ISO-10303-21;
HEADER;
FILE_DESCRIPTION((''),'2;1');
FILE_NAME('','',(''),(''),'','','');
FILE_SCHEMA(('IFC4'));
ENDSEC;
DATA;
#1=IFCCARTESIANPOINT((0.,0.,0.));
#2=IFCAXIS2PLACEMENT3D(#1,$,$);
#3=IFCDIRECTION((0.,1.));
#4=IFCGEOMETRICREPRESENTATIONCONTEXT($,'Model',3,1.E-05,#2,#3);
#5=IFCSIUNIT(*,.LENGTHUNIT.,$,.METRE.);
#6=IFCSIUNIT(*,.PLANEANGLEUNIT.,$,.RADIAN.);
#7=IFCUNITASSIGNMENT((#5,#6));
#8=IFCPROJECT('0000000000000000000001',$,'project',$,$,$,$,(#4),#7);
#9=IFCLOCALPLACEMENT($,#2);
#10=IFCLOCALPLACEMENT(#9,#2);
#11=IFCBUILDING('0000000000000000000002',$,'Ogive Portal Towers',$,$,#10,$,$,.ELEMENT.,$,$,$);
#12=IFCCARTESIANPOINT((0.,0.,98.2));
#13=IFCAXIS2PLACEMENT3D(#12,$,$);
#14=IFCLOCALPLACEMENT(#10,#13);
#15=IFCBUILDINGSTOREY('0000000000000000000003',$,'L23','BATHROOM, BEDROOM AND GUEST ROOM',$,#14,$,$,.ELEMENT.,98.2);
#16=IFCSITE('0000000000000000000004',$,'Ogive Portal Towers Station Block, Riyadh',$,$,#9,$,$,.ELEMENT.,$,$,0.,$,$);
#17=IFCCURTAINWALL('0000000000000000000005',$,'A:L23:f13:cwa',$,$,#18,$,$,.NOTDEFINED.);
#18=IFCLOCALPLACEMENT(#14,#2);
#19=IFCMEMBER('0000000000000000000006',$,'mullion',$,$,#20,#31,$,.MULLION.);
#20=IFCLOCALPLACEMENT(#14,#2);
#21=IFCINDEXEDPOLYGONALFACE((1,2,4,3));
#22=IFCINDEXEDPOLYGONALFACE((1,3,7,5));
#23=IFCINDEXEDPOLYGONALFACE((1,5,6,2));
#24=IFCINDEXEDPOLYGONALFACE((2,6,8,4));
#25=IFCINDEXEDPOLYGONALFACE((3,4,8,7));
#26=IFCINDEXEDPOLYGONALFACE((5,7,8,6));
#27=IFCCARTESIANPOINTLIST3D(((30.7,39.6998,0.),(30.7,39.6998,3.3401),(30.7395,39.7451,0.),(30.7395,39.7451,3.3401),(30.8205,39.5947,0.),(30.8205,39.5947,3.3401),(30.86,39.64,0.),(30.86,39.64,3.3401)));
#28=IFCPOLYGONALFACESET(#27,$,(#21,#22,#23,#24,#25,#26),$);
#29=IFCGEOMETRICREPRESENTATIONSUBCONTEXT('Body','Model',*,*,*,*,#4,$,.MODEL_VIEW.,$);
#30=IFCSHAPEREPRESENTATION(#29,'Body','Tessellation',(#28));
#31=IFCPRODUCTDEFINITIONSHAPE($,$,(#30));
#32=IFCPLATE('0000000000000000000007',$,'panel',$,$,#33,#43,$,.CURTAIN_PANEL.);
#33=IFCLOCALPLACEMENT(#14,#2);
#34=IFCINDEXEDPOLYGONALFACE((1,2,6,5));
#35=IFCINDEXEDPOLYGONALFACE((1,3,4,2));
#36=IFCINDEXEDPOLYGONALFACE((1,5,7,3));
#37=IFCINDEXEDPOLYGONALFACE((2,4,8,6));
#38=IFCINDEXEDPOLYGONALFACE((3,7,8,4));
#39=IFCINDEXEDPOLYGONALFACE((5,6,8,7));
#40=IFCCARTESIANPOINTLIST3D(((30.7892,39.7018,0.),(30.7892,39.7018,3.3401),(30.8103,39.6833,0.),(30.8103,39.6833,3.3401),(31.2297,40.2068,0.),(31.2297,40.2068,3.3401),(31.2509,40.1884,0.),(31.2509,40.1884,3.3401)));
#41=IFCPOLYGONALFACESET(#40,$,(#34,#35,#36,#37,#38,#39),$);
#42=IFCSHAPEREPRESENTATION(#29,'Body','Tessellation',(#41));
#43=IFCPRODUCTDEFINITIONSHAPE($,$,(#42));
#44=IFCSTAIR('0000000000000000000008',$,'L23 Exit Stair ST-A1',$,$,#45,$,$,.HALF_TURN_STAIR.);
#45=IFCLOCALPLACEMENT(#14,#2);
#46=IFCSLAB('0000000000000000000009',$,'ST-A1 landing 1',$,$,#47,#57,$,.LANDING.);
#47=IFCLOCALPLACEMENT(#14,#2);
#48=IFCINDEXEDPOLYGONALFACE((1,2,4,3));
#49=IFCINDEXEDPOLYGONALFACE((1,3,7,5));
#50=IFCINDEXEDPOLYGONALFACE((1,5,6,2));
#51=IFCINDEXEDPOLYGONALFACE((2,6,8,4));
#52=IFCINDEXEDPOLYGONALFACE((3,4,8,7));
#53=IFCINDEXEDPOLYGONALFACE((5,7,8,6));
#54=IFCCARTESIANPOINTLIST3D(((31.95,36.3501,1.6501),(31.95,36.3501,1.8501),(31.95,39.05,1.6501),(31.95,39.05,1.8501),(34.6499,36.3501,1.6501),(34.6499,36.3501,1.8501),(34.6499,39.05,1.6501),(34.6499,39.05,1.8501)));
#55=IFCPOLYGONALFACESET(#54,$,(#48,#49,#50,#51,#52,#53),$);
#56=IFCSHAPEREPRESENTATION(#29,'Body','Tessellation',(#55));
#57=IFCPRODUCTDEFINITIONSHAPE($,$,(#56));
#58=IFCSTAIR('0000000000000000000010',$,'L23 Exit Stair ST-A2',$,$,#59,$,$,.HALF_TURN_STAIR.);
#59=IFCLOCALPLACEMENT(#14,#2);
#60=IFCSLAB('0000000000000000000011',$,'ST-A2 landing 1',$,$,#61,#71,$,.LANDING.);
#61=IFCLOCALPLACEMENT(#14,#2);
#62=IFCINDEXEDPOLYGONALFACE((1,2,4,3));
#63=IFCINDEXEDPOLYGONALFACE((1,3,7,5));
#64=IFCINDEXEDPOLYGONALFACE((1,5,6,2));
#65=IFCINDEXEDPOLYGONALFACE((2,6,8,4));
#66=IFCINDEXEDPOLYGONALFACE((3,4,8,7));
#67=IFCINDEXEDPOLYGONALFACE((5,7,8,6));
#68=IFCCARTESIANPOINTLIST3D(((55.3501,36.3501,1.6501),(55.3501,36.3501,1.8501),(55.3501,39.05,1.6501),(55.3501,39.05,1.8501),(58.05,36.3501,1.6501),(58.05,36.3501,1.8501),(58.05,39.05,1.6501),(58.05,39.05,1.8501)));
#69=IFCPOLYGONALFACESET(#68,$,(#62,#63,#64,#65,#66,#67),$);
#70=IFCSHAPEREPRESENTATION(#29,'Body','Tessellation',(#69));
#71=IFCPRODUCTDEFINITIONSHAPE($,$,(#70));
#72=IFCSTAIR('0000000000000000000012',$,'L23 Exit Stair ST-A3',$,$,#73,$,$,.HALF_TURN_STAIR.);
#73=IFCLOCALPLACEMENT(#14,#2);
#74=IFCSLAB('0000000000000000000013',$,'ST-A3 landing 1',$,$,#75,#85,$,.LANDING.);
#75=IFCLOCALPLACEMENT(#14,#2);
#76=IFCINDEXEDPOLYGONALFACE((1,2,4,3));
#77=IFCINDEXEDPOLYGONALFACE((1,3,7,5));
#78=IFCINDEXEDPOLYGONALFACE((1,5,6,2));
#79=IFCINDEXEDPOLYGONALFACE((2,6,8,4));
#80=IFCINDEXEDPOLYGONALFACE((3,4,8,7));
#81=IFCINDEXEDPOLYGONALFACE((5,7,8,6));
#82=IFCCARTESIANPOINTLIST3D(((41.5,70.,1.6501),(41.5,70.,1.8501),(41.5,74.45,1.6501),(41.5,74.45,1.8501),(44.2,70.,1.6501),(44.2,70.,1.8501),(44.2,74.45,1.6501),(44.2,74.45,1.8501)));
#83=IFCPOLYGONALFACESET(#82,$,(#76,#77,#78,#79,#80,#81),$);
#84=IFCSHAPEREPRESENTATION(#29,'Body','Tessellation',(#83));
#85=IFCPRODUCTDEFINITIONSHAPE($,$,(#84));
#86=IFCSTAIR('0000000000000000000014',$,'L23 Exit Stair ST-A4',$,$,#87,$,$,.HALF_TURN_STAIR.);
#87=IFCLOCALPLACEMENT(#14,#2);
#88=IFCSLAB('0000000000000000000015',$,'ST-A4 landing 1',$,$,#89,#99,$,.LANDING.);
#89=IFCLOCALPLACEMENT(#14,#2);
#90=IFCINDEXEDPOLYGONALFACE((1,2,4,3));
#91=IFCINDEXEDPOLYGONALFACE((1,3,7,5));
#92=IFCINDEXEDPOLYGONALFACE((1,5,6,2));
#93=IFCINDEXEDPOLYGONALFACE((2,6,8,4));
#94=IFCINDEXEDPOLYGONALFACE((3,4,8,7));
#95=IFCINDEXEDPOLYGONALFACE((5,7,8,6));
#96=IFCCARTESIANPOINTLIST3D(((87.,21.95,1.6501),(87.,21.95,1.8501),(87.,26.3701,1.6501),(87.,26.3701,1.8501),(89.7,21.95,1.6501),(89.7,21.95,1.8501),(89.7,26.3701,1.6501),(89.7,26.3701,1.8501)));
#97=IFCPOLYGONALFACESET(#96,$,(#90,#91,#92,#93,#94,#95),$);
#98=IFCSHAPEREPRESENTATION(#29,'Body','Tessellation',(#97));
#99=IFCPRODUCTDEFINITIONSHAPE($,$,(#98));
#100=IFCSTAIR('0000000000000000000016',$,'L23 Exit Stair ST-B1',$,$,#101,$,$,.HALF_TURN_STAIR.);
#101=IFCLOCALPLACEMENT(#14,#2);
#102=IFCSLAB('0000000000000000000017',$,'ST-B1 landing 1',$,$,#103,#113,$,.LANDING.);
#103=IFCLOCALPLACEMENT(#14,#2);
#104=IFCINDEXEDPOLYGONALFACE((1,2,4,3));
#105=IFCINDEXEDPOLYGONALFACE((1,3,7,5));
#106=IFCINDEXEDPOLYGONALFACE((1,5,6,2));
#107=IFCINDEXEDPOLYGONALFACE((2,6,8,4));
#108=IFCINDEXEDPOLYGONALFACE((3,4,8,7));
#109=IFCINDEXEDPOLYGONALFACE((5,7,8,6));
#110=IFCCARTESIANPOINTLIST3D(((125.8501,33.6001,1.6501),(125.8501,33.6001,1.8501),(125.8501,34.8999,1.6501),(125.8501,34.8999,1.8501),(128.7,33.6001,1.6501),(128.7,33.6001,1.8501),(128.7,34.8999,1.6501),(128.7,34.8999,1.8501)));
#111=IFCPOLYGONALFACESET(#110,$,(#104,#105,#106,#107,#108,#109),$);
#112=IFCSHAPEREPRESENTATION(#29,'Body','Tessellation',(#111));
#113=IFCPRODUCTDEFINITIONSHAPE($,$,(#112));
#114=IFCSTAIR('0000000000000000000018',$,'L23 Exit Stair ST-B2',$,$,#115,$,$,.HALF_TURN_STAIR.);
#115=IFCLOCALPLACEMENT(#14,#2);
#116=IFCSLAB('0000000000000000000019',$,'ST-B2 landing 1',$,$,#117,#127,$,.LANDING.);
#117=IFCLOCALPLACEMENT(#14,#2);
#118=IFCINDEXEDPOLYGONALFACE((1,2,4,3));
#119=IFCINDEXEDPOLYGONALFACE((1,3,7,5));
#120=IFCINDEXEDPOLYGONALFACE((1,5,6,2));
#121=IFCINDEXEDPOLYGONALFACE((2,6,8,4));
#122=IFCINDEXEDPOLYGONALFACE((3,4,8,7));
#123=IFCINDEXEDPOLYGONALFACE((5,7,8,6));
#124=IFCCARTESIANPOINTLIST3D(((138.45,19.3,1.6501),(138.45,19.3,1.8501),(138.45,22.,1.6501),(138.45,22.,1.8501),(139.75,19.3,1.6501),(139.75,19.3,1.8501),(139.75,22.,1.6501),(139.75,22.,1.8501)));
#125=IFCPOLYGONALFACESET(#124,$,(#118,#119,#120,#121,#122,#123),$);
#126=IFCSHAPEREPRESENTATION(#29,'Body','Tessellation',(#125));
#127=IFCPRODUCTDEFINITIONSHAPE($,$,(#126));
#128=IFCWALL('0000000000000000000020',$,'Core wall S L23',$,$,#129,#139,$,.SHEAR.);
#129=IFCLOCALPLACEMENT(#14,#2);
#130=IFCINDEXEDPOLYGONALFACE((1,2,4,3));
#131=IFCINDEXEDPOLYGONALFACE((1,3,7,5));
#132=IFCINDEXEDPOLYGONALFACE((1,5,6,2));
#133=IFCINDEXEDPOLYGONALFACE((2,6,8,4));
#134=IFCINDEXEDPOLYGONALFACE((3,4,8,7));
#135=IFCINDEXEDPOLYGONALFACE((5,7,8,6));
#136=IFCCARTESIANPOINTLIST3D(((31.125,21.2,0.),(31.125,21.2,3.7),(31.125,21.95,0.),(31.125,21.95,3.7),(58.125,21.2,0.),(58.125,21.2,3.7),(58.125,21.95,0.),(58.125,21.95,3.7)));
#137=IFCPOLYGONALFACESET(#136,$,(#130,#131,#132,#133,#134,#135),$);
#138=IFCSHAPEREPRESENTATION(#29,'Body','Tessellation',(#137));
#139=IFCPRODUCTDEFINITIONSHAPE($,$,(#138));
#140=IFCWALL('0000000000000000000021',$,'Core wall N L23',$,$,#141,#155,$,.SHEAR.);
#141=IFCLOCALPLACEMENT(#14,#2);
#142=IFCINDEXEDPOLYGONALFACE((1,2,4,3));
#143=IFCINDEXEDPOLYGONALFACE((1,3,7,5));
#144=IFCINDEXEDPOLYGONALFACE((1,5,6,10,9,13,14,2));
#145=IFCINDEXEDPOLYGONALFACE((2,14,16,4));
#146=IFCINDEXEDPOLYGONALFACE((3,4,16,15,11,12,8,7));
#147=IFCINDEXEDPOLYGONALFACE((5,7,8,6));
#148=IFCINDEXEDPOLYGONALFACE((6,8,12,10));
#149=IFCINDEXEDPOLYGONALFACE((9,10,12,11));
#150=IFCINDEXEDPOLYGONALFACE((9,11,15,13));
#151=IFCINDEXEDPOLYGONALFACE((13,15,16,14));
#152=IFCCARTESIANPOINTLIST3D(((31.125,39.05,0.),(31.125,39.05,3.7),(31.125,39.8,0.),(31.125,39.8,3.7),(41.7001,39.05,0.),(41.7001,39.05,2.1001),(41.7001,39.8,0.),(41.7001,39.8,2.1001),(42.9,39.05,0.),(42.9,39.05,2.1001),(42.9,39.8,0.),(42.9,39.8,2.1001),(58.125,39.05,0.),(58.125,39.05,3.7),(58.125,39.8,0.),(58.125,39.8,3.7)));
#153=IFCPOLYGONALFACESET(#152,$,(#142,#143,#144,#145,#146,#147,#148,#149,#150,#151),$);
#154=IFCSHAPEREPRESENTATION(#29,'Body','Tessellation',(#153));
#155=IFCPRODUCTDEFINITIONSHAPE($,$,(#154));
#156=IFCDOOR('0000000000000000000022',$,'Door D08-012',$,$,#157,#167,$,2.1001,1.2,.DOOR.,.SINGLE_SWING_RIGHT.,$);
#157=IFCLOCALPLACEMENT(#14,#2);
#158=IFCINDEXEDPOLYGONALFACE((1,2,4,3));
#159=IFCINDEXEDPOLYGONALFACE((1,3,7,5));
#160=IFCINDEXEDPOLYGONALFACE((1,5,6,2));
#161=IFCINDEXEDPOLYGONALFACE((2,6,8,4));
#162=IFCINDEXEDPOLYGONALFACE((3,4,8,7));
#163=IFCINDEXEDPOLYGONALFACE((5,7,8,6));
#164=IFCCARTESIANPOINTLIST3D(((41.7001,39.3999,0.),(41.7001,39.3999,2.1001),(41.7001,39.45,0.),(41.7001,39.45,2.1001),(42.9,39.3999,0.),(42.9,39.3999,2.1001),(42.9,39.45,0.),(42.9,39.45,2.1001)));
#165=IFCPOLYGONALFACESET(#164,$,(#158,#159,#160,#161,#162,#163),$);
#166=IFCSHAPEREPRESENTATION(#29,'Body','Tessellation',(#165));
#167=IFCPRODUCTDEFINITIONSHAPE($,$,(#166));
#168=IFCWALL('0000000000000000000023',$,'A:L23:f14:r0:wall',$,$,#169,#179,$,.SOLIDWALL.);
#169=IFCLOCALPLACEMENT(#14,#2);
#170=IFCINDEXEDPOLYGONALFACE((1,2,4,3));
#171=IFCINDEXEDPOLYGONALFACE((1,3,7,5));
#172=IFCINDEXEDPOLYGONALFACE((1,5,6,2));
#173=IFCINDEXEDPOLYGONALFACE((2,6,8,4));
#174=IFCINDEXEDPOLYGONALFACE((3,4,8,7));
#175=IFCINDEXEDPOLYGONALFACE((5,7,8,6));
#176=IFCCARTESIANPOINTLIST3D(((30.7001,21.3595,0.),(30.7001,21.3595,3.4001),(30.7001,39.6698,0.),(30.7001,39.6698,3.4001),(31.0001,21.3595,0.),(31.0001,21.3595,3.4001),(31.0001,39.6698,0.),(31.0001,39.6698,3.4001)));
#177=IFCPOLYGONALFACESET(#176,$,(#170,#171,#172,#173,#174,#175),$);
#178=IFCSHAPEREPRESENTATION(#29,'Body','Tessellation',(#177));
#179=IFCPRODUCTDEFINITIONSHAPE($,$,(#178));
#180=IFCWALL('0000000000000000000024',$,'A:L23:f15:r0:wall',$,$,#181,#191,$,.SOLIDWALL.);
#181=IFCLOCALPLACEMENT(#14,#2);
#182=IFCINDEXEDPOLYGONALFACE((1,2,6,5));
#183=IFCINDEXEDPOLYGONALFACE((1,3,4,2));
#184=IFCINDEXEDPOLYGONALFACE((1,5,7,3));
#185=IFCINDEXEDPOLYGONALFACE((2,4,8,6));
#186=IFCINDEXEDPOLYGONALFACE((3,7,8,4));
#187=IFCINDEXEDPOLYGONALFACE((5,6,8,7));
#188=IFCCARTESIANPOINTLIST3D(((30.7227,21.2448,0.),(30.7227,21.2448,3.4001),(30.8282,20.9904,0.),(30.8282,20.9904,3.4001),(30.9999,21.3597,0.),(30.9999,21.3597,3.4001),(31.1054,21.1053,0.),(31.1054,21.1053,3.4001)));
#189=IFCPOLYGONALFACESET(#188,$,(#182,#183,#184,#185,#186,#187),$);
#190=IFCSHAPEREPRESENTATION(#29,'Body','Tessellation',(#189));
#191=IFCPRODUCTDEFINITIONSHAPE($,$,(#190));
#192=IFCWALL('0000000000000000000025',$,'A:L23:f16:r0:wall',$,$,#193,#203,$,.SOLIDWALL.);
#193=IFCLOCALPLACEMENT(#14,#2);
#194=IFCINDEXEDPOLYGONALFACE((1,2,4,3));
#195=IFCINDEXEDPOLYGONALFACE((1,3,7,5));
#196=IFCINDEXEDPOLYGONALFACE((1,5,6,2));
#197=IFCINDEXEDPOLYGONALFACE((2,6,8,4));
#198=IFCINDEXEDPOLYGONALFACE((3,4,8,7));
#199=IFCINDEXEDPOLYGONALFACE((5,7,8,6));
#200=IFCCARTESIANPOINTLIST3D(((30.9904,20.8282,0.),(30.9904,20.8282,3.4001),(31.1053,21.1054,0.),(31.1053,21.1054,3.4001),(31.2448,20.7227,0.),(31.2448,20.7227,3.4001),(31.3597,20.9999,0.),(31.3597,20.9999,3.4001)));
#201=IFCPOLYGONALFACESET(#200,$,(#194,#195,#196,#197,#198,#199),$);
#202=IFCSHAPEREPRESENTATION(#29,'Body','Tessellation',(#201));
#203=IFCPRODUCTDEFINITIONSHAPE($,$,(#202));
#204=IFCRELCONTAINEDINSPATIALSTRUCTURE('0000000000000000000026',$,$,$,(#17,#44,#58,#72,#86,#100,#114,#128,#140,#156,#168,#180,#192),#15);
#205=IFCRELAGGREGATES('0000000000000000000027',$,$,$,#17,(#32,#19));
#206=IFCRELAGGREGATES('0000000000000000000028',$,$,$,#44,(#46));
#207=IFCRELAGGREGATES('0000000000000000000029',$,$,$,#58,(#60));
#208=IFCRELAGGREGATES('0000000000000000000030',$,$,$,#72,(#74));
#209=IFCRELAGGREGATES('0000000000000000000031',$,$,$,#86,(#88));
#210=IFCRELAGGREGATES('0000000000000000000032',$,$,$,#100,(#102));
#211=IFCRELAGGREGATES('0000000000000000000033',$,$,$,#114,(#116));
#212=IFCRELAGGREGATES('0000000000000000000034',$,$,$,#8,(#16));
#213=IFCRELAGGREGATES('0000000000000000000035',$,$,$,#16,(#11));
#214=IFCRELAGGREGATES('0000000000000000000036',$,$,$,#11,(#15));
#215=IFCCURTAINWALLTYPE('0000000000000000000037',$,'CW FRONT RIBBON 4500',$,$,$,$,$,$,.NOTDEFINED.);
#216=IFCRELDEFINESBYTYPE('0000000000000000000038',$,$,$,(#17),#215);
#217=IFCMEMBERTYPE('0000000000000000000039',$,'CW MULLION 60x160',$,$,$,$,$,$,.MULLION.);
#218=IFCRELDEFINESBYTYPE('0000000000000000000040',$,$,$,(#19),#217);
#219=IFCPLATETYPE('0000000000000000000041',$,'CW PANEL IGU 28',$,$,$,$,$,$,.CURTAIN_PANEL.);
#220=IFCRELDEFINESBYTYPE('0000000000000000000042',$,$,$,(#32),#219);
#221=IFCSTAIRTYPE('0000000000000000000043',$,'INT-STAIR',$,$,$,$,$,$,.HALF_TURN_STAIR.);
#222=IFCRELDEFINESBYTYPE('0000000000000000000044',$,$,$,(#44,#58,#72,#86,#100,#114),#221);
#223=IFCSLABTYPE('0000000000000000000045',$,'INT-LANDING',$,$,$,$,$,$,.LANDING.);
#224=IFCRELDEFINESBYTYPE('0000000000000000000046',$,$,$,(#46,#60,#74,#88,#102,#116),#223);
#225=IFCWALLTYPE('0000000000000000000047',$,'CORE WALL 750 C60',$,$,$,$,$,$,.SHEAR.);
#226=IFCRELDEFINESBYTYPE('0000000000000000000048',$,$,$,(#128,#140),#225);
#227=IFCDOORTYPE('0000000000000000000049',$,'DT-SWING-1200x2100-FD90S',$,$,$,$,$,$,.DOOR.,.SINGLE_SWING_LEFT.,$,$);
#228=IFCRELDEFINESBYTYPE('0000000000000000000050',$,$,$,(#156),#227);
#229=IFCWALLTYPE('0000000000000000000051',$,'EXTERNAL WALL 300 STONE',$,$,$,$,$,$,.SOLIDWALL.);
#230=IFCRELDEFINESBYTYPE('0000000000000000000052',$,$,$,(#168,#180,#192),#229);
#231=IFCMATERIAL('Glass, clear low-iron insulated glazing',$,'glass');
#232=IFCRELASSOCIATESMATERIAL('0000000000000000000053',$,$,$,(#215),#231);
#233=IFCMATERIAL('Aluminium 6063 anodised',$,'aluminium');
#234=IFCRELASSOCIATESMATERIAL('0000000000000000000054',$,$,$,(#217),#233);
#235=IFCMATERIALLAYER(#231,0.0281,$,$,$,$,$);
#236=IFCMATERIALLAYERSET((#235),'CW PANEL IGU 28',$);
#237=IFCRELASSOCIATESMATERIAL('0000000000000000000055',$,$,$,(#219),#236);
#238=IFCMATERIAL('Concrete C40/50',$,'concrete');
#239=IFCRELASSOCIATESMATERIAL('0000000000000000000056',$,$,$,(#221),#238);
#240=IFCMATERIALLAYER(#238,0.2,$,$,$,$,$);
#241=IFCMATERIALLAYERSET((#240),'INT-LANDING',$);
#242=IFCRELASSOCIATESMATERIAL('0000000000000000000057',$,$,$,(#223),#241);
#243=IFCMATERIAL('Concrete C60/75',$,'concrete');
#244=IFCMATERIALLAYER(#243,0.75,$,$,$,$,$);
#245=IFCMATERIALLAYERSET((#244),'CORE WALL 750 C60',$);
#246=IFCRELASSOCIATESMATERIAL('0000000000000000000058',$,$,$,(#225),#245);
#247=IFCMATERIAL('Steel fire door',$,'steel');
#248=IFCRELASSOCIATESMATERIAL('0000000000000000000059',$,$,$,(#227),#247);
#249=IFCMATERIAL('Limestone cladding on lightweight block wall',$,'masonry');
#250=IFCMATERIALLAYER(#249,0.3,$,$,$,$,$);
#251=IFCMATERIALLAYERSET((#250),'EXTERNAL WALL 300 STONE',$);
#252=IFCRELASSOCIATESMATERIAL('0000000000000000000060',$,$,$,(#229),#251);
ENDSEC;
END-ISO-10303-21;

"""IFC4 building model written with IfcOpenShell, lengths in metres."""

from ifc_helpers import new_model, si_unit, direction, frame, frame_2d, origin, origin_2d, place, context, subcontext, project, spatial, polyline, rectangle, outline, extrude, material, layer, layer_set, material_profile, profile_set, type_object, element, fill, aggregate, save


model = new_model("IFC4")

# Units and contexts
model_context = context("Model", 3, precision=1e-05, world=origin(), true_north=direction((0.0, 1.0)))
body_context = subcontext(model_context, "Body", "Model", "MODEL_VIEW")
ifc_project = project(units=[si_unit("LENGTHUNIT", "METRE"), si_unit("PLANEANGLEUNIT", "RADIAN")], contexts=[model_context])

# Site, building, storey
site_placement = place(None, origin())
site = spatial("IfcSite", under=ifc_project, at=site_placement, Name="Ogive Portal Towers Station Block, Riyadh", CompositionType="ELEMENT", RefElevation=0.0)
building_placement = place(site_placement, origin())
building = spatial("IfcBuilding", under=site, at=building_placement, Name="Ogive Portal Towers", CompositionType="ELEMENT")
storey_placement = place(building_placement, frame((0.0, 0.0, 98.2)))
storey = spatial("IfcBuildingStorey", under=building, at=storey_placement, Name="L23", Description="BATHROOM, BEDROOM AND GUEST ROOM", CompositionType="ELEMENT", Elevation=98.2)

# Curtain wall, member, plate
ifc_material_1 = material(Name="Glass, clear low-iron insulated glazing", Category="glass")
curtain_wall_type = type_object("IfcCurtainWallType", Name="CW FRONT RIBBON 4500", PredefinedType="NOTDEFINED", material=ifc_material_1)
curtain_wall_placement = place(storey_placement, origin())
curtain_wall = element("IfcCurtainWall", 1, at=curtain_wall_placement, inside=storey, type_object=curtain_wall_type, Name="A:L23:f13:cwa", PredefinedType="NOTDEFINED")
ifc_material_2 = material(Name="Aluminium 6063 anodised", Category="aluminium")
ifc_material_profile = material_profile(ifc_material_2, rectangle(XDim=0.1599, YDim=0.0601, at=origin_2d()), Name="AL 60x160")
ifc_profile_set = profile_set([ifc_material_profile], Name="Aluminium 6063 anodised")
member_type = type_object("IfcMemberType", Name="CW MULLION 60x160", PredefinedType="MULLION", material=ifc_profile_set)
member_placement = place(storey_placement, frame((30.78, 39.6699, 0.0), z_axis=(0.0, 0.0, 1.0), x_axis=(0.753599, -0.657335, 0.0)))
member = element("IfcMember", 2, at=member_placement, type_object=member_type, Name="mullion", PredefinedType="MULLION", context=body_context, shape_type="SweptSolid", body=[
    extrude(rectangle(XDim=0.1599, YDim=0.0601, at=origin_2d()), origin(), (0.0, 0.0, 1.0), 3.3401),
])
ifc_layer_1 = layer(ifc_material_1, 0.0281)
ifc_layer_set_1 = layer_set([ifc_layer_1], Name="CW PANEL IGU 28")
plate_type = type_object("IfcPlateType", Name="CW PANEL IGU 28", PredefinedType="CURTAIN_PANEL", material=ifc_layer_set_1)
plate_placement = place(storey_placement, frame((31.02, 39.9451, 0.0), z_axis=(0.0, 0.0, 1.0), x_axis=(-0.657335, -0.753599, 0.0)))
plate = element("IfcPlate", 3, at=plate_placement, type_object=plate_type, Name="panel", PredefinedType="CURTAIN_PANEL", context=body_context, shape_type="SweptSolid", body=[
    extrude(rectangle(XDim=0.6702, YDim=0.0281, at=origin_2d()), origin(), (0.0, 0.0, 1.0), 3.3401),
])
aggregate(curtain_wall, [plate, member])

# Stairs, slabs
ifc_material_3 = material(Name="Concrete C40/50", Category="concrete")
stair_type = type_object("IfcStairType", Name="INT-STAIR", PredefinedType="HALF_TURN_STAIR", material=ifc_material_3)
stair_1_placement = place(storey_placement, origin())
stair_1 = element("IfcStair", 4, at=stair_1_placement, inside=storey, type_object=stair_type, Name="L23 Exit Stair ST-A1", PredefinedType="HALF_TURN_STAIR")
ifc_layer_2 = layer(ifc_material_3, 0.2)
ifc_layer_set_2 = layer_set([ifc_layer_2], Name="INT-LANDING")
slab_type = type_object("IfcSlabType", Name="INT-LANDING", PredefinedType="LANDING", material=ifc_layer_set_2)
slab_1_placement = place(storey_placement, frame((0.0, 0.0, 1.6501)))
slab_1 = element("IfcSlab", 5, at=slab_1_placement, type_object=slab_type, Name="ST-A1 landing 1", PredefinedType="LANDING", context=body_context, shape_type="SweptSolid", body=[
    extrude(outline(polyline([(34.6499, 39.05), (31.95, 39.05), (31.95, 36.3501), (34.6499, 36.3501), (34.6499, 39.05)])), origin(), (0.0, 0.0, 1.0), 0.2),
])
aggregate(stair_1, [slab_1])
stair_2_placement = place(storey_placement, origin())
stair_2 = element("IfcStair", 6, at=stair_2_placement, inside=storey, type_object=stair_type, Name="L23 Exit Stair ST-A2", PredefinedType="HALF_TURN_STAIR")
slab_2_placement = place(storey_placement, frame((0.0, 0.0, 1.6501)))
slab_2 = element("IfcSlab", 7, at=slab_2_placement, type_object=slab_type, Name="ST-A2 landing 1", PredefinedType="LANDING", context=body_context, shape_type="SweptSolid", body=[
    extrude(outline(polyline([(55.3501, 36.3501), (58.05, 36.3501), (58.05, 39.05), (55.3501, 39.05), (55.3501, 36.3501)])), origin(), (0.0, 0.0, 1.0), 0.2),
])
aggregate(stair_2, [slab_2])
stair_3_placement = place(storey_placement, origin())
stair_3 = element("IfcStair", 8, at=stair_3_placement, inside=storey, type_object=stair_type, Name="L23 Exit Stair ST-A3", PredefinedType="HALF_TURN_STAIR")
slab_3_placement = place(storey_placement, frame((0.0, 0.0, 1.6501)))
slab_3 = element("IfcSlab", 9, at=slab_3_placement, type_object=slab_type, Name="ST-A3 landing 1", PredefinedType="LANDING", context=body_context, shape_type="SweptSolid", body=[
    extrude(outline(polyline([(44.2, 70.0), (44.2, 74.45), (41.5, 74.45), (41.5, 70.0), (44.2, 70.0)])), origin(), (0.0, 0.0, 1.0), 0.2),
])
aggregate(stair_3, [slab_3])
stair_4_placement = place(storey_placement, origin())
stair_4 = element("IfcStair", 10, at=stair_4_placement, inside=storey, type_object=stair_type, Name="L23 Exit Stair ST-A4", PredefinedType="HALF_TURN_STAIR")
slab_4_placement = place(storey_placement, frame((0.0, 0.0, 1.6501)))
slab_4 = element("IfcSlab", 11, at=slab_4_placement, type_object=slab_type, Name="ST-A4 landing 1", PredefinedType="LANDING", context=body_context, shape_type="SweptSolid", body=[
    extrude(outline(polyline([(87.0, 26.3701), (87.0, 21.95), (89.7, 21.95), (89.7, 26.3701), (87.0, 26.3701)])), origin(), (0.0, 0.0, 1.0), 0.2),
])
aggregate(stair_4, [slab_4])
stair_5_placement = place(storey_placement, origin())
stair_5 = element("IfcStair", 12, at=stair_5_placement, inside=storey, type_object=stair_type, Name="L23 Exit Stair ST-B1", PredefinedType="HALF_TURN_STAIR")
slab_5_placement = place(storey_placement, frame((0.0, 0.0, 1.6501)))
slab_5 = element("IfcSlab", 13, at=slab_5_placement, type_object=slab_type, Name="ST-B1 landing 1", PredefinedType="LANDING", context=body_context, shape_type="SweptSolid", body=[
    extrude(outline(polyline([(128.7, 33.6001), (128.7, 34.8999), (125.8501, 34.8999), (125.8501, 33.6001), (128.7, 33.6001)])), origin(), (0.0, 0.0, 1.0), 0.2),
])
aggregate(stair_5, [slab_5])
stair_6_placement = place(storey_placement, origin())
stair_6 = element("IfcStair", 14, at=stair_6_placement, inside=storey, type_object=stair_type, Name="L23 Exit Stair ST-B2", PredefinedType="HALF_TURN_STAIR")
slab_6_placement = place(storey_placement, frame((0.0, 0.0, 1.6501)))
slab_6 = element("IfcSlab", 15, at=slab_6_placement, type_object=slab_type, Name="ST-B2 landing 1", PredefinedType="LANDING", context=body_context, shape_type="SweptSolid", body=[
    extrude(outline(polyline([(139.75, 22.0), (138.45, 22.0), (138.45, 19.3), (139.75, 19.3), (139.75, 22.0)])), origin(), (0.0, 0.0, 1.0), 0.2),
])
aggregate(stair_6, [slab_6])

# Wall
ifc_material_4 = material(Name="Concrete C60/75", Category="concrete")
ifc_layer_3 = layer(ifc_material_4, 0.75)
ifc_layer_set_3 = layer_set([ifc_layer_3], Name="CORE WALL 750 C60")
wall_type_1 = type_object("IfcWallType", Name="CORE WALL 750 C60", PredefinedType="SHEAR", material=ifc_layer_set_3)
wall_1_placement = place(storey_placement, frame((31.125, 21.575, 0.0), z_axis=(0.0, 0.0, 1.0), x_axis=(1.0, 0.0, 0.0)))
element("IfcWall", 16, at=wall_1_placement, inside=storey, type_object=wall_type_1, Name="Core wall S L23", PredefinedType="SHEAR", context=body_context, shape_type="SweptSolid", body=[
    extrude(rectangle(XDim=27.0, YDim=0.75, at=frame_2d((13.5, 0.0))), origin(), (0.0, 0.0, 1.0), 3.7),
])

# Wall, opening, door
wall_2_placement = place(storey_placement, frame((31.125, 39.425, 0.0), z_axis=(0.0, 0.0, 1.0), x_axis=(1.0, 0.0, 0.0)))
wall_2 = element("IfcWall", 17, at=wall_2_placement, inside=storey, type_object=wall_type_1, Name="Core wall N L23", PredefinedType="SHEAR", context=body_context, shape_type="SweptSolid", body=[
    extrude(rectangle(XDim=27.0, YDim=0.75, at=frame_2d((13.5, 0.0))), origin(), (0.0, 0.0, 1.0), 3.7),
])
opening_placement = place(wall_2_placement, frame((10.575, 0.0, 0.0)))
opening = element("IfcOpeningElement", 18, at=opening_placement, cuts=wall_2, PredefinedType="OPENING", context=body_context, shape_type="SweptSolid", body=[
    extrude(rectangle(XDim=1.2, YDim=2.1001, at=frame_2d((0.6001, 1.05))), frame((0.0, 0.385, 0.0), z_axis=(0.0, -1.0, 0.0), x_axis=(1.0, 0.0, 0.0)), (0.0, 0.0, 1.0), 0.77),
])
ifc_material_5 = material(Name="Steel fire door", Category="steel")
door_type = type_object("IfcDoorType", Name="DT-SWING-1200x2100-FD90S", OperationType="SINGLE_SWING_LEFT", PredefinedType="DOOR", material=ifc_material_5)
door_placement = place(opening_placement, origin())
door = element("IfcDoor", 19, at=door_placement, inside=storey, type_object=door_type, Name="Door D08-012", OperationType="SINGLE_SWING_RIGHT", OverallHeight=2.1001, OverallWidth=1.2, PredefinedType="DOOR", context=body_context, shape_type="SweptSolid", body=[
    extrude(rectangle(XDim=1.2, YDim=2.1001, at=frame_2d((0.6001, 1.05))), frame((0.0, 0.0249, 0.0), z_axis=(0.0, -1.0, 0.0), x_axis=(1.0, 0.0, 0.0)), (0.0, 0.0, 1.0), 0.05),
])
fill(opening, door)

# Walls
ifc_material_6 = material(Name="Limestone cladding on lightweight block wall", Category="masonry")
ifc_layer_4 = layer(ifc_material_6, 0.3)
ifc_layer_set_4 = layer_set([ifc_layer_4], Name="EXTERNAL WALL 300 STONE")
wall_type_2 = type_object("IfcWallType", Name="EXTERNAL WALL 300 STONE", PredefinedType="SOLIDWALL", material=ifc_layer_set_4)
wall_3_placement = place(storey_placement, frame((30.8501, 39.6699, 0.0), z_axis=(0.0, 0.0, 1.0), x_axis=(0.0, -1.0, 0.0)))
element("IfcWall", 20, at=wall_3_placement, inside=storey, type_object=wall_type_2, Name="A:L23:f14:r0:wall", PredefinedType="SOLIDWALL", context=body_context, shape_type="SweptSolid", body=[
    extrude(rectangle(XDim=18.3103, YDim=0.3, at=frame_2d((9.1553, 0.0))), origin(), (0.0, 0.0, 1.0), 3.4001),
])
for number, where, z_axis, x_axis, name in (
    (21, (30.8613, 21.3022, 0.0), (0.0, 0.0, 1.0), (0.382978, -0.923757, 0.0), "A:L23:f15:r0:wall"),
    (22, (31.0479, 20.9668, 0.0), (0.0, 0.0, 1.0), (0.923757, -0.382978, 0.0), "A:L23:f16:r0:wall"),
):
    element("IfcWall", number, at=place(storey_placement, frame(where, z_axis=z_axis, x_axis=x_axis)), inside=storey, type_object=wall_type_2, Name=name, PredefinedType="SOLIDWALL", context=body_context, shape_type="SweptSolid", body=[
        extrude(rectangle(XDim=0.2754, YDim=0.3, at=frame_2d((0.1377, 0.0))), origin(), (0.0, 0.0, 1.0), 3.4001),
    ])

save(model, "model.ifc")
